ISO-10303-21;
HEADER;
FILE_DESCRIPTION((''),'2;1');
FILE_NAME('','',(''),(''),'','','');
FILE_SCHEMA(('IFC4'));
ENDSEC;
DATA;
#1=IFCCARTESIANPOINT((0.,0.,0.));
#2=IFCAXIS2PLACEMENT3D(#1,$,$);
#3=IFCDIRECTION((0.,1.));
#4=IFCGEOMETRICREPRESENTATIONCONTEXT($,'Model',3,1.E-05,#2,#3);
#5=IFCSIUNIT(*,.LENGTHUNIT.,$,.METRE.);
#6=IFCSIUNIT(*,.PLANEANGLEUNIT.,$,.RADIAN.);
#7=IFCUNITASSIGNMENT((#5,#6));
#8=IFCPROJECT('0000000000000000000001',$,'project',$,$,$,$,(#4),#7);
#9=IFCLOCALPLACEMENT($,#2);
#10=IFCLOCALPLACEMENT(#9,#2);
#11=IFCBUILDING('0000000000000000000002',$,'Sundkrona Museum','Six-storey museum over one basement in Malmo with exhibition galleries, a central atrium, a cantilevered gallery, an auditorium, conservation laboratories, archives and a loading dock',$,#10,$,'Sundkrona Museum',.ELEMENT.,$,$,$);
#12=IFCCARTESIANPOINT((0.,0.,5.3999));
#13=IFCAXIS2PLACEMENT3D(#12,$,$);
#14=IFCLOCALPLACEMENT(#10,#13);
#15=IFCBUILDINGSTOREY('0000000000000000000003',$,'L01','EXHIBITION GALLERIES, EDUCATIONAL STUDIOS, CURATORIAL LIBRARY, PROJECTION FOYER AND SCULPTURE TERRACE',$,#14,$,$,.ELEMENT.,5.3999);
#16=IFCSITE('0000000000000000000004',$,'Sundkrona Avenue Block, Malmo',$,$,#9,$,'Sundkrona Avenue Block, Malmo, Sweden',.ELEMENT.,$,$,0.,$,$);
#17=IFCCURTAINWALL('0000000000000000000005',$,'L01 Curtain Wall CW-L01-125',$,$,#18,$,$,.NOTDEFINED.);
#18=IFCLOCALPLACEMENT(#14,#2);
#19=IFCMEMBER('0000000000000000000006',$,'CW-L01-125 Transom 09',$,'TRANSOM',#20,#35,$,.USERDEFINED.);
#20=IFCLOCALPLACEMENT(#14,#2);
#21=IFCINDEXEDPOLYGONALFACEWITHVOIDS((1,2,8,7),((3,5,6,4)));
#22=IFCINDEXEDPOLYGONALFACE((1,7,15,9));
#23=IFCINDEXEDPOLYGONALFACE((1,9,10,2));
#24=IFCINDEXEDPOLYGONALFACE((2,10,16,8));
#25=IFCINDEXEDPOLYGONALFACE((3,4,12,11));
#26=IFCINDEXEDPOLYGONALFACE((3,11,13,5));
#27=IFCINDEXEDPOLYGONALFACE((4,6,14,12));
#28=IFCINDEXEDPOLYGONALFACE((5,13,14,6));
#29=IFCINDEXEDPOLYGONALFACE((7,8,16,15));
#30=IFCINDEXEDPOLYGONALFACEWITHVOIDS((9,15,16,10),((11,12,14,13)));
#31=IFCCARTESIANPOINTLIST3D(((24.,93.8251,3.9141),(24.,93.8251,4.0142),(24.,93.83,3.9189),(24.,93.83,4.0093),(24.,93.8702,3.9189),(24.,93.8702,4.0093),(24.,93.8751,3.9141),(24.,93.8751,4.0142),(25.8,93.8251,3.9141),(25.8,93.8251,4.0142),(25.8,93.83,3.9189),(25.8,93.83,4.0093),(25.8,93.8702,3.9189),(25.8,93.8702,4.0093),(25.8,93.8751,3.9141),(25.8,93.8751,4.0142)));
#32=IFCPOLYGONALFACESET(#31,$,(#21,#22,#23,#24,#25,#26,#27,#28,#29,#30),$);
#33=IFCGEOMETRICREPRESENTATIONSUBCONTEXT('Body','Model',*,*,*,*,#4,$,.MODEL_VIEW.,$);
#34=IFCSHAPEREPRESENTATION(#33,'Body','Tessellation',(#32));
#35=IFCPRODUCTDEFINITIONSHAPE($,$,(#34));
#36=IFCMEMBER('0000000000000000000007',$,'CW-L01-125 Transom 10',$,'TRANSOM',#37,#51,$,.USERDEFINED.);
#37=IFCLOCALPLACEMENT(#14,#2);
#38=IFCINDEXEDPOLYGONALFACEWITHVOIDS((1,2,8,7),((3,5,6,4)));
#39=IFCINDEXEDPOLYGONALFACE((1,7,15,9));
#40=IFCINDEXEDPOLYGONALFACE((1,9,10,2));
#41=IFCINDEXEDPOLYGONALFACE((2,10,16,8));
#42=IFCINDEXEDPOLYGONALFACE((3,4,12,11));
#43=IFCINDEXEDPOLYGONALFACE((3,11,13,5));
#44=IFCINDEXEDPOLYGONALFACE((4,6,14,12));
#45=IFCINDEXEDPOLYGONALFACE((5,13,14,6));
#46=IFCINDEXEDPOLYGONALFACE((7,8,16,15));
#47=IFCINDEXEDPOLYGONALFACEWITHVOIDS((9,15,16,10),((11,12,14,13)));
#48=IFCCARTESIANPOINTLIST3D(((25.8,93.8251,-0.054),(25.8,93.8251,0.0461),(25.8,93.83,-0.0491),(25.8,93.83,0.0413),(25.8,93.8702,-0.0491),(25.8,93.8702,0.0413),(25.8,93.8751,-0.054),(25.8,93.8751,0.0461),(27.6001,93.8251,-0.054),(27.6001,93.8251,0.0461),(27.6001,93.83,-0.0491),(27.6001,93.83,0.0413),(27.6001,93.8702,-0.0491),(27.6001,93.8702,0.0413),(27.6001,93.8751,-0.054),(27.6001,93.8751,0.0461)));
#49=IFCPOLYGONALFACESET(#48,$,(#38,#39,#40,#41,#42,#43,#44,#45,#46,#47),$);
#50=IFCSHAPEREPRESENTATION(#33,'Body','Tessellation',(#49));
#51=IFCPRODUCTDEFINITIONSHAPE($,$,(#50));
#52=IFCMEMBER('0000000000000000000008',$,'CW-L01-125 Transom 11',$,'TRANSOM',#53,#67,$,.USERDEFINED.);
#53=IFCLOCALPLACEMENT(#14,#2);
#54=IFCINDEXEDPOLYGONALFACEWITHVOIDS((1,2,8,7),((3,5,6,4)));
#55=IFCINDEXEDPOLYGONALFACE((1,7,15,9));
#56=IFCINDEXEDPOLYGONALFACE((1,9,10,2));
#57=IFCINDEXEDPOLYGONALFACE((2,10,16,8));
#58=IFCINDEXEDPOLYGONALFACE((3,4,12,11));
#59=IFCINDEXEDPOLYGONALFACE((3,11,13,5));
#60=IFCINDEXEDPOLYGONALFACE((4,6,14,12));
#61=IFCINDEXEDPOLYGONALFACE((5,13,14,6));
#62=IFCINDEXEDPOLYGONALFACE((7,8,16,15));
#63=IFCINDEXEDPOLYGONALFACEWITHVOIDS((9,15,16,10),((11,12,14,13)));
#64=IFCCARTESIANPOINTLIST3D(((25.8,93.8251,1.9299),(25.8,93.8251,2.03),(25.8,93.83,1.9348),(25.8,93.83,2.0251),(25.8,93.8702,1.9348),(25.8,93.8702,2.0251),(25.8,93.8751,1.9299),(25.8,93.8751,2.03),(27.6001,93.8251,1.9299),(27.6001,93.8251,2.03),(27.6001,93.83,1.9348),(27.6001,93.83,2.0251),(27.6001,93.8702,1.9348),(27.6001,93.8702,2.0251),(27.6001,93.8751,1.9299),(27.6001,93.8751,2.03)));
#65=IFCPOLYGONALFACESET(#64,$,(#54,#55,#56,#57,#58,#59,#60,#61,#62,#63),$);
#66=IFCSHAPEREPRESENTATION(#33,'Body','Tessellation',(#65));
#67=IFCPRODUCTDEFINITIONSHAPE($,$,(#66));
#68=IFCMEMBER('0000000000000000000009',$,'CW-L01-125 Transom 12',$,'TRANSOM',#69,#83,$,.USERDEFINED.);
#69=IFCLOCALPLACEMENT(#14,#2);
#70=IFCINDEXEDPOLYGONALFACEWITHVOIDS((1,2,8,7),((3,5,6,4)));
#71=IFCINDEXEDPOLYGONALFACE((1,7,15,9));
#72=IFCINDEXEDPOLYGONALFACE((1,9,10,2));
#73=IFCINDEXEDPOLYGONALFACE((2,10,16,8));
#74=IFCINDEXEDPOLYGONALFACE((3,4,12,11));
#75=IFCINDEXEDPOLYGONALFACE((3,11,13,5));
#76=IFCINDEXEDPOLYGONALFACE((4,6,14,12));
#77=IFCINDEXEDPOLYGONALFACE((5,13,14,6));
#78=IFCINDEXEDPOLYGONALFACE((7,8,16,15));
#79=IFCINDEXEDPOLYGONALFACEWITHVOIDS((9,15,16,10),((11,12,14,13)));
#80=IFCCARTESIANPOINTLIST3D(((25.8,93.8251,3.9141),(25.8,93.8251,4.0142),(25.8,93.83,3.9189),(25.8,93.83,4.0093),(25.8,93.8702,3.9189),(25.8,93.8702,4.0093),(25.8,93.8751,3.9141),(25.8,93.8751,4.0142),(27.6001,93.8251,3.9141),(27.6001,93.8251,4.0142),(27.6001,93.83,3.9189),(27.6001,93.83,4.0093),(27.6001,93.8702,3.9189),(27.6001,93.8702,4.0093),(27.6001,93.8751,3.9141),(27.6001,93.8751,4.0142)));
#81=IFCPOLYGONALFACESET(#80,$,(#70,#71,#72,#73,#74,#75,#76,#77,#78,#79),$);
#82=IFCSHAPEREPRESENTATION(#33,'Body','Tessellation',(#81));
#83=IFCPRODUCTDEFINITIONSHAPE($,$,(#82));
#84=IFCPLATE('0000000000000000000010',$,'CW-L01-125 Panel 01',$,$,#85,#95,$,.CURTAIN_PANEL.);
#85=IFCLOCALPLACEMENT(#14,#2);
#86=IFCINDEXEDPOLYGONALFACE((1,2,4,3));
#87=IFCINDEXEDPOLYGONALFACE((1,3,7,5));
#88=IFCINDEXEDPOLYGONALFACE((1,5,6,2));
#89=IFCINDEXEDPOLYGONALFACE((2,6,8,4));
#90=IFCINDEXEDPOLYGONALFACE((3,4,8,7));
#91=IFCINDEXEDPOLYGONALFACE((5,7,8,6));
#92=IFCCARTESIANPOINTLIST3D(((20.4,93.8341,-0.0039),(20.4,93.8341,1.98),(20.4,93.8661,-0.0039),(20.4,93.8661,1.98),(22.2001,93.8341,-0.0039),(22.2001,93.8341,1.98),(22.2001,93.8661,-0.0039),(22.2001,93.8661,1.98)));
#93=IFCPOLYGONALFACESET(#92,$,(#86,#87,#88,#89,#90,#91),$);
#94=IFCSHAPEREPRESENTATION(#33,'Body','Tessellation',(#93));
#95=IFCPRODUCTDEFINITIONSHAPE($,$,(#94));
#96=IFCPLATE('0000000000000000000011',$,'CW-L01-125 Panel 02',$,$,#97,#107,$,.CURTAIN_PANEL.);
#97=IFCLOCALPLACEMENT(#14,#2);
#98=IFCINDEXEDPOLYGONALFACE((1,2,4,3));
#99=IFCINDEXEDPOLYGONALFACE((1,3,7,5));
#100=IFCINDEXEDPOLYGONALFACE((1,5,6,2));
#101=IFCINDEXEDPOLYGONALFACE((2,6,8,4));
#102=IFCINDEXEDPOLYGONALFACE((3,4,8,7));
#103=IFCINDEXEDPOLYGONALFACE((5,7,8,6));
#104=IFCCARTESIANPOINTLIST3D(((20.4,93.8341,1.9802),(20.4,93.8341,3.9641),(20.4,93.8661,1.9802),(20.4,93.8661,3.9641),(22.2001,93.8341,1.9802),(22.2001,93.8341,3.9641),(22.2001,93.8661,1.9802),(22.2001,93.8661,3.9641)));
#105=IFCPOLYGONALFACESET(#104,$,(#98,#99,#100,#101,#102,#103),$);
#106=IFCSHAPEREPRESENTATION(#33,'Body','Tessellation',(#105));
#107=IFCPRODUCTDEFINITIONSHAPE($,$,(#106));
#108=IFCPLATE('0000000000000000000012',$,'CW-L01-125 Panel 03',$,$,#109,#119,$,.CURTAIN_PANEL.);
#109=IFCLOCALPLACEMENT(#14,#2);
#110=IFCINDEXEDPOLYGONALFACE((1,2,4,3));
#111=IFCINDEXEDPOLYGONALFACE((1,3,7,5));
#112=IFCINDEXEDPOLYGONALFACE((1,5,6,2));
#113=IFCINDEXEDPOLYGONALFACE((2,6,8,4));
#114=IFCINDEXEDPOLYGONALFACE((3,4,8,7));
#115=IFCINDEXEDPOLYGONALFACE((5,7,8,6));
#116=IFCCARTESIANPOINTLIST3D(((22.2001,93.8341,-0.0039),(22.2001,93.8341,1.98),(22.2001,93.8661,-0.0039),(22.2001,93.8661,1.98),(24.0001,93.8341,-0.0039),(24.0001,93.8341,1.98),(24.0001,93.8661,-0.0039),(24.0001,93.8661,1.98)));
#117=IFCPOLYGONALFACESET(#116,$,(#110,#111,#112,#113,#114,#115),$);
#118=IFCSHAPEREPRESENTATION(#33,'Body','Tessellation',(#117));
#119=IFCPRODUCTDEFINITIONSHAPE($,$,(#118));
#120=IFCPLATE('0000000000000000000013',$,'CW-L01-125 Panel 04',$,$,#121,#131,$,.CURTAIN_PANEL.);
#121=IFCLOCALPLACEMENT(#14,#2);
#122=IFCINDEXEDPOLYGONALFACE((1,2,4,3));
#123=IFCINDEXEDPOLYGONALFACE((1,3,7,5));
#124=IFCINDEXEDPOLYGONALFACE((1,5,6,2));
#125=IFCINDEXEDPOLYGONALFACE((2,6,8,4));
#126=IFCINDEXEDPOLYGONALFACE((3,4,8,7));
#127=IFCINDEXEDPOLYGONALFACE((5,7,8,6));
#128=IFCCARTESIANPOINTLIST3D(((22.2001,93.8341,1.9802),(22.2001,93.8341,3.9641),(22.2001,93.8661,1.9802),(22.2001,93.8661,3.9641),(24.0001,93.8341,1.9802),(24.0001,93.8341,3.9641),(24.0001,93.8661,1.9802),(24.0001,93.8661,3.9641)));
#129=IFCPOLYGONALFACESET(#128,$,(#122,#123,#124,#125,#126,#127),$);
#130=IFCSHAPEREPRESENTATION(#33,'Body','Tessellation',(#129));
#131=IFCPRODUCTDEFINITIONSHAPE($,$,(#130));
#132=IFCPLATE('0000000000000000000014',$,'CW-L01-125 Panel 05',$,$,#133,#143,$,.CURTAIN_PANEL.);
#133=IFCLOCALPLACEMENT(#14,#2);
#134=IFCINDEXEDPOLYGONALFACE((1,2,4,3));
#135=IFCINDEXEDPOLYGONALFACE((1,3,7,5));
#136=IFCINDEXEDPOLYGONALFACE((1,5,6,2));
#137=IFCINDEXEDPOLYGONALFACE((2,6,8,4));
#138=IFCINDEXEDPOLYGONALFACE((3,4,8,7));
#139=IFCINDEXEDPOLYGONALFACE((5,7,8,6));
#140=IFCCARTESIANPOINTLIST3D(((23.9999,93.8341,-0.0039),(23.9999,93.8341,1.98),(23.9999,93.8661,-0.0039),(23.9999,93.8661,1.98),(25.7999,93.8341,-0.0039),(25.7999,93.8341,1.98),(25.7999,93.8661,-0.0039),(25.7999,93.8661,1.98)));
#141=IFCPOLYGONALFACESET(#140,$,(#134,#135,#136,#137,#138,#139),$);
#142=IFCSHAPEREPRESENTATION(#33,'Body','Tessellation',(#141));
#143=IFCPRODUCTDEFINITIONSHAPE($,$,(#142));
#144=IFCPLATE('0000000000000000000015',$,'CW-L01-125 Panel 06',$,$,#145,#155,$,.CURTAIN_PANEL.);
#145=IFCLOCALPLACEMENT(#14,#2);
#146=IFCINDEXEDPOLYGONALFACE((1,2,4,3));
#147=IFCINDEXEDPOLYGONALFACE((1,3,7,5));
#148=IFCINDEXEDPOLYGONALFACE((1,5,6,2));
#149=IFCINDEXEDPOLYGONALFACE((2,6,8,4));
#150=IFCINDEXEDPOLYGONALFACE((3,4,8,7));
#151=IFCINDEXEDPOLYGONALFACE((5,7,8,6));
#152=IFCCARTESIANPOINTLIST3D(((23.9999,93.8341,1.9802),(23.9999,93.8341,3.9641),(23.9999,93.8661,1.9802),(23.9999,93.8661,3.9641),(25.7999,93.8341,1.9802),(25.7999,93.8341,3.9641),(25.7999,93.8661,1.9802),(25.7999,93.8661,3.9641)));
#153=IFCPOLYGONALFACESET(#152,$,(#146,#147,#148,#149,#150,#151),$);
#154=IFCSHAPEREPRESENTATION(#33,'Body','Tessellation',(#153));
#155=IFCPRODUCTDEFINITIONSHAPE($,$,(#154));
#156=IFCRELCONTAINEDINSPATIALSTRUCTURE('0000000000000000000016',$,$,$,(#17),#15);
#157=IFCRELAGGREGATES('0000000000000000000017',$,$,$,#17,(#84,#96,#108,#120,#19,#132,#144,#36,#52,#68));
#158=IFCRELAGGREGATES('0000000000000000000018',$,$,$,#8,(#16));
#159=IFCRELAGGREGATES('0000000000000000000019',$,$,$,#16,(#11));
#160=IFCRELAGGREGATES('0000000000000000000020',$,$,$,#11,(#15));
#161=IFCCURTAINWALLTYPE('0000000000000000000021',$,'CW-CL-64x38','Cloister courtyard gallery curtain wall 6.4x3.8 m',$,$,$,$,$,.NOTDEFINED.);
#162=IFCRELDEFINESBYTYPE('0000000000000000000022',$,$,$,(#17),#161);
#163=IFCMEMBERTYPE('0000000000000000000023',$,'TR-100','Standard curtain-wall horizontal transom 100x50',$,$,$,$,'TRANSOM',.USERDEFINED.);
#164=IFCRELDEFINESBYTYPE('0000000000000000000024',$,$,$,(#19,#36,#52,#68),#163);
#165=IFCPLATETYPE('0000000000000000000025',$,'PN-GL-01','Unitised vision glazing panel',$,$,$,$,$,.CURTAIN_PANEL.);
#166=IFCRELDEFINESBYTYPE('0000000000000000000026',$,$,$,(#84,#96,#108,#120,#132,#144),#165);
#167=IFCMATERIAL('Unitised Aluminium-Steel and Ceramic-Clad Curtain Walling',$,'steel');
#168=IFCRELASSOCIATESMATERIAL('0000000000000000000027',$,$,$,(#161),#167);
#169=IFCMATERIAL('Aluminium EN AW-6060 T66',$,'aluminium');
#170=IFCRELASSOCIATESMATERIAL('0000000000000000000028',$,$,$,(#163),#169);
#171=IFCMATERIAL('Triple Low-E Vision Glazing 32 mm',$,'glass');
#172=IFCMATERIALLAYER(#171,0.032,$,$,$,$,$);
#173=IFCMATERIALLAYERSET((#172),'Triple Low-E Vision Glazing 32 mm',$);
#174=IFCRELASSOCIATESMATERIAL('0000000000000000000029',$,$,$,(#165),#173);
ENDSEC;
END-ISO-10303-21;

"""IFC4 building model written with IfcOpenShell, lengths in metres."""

from ifc_helpers import new_model, si_unit, direction, frame, origin, origin_2d, place, context, subcontext, project, spatial, rectangle, hollow_rectangle, extrude, material, layer, layer_set, material_profile, profile_set, type_object, element, aggregate, save


model = new_model("IFC4")

# Units and contexts
model_context = context("Model", 3, precision=1e-05, world=origin(), true_north=direction((0.0, 1.0)))
body_context = subcontext(model_context, "Body", "Model", "MODEL_VIEW")
ifc_project = project(units=[si_unit("LENGTHUNIT", "METRE"), si_unit("PLANEANGLEUNIT", "RADIAN")], contexts=[model_context])

# Site, building, storey
site_placement = place(None, origin())
site = spatial("IfcSite", under=ifc_project, at=site_placement, Name="Sundkrona Avenue Block, Malmo", LongName="Sundkrona Avenue Block, Malmo, Sweden", CompositionType="ELEMENT", RefElevation=0.0)
building_placement = place(site_placement, origin())
building = spatial("IfcBuilding", under=site, at=building_placement, Name="Sundkrona Museum", Description="Six-storey museum over one basement in Malmo with exhibition galleries, a central atrium, a cantilevered gallery, an auditorium, conservation laboratories, archives and a loading dock", LongName="Sundkrona Museum", CompositionType="ELEMENT")
storey_placement = place(building_placement, frame((0.0, 0.0, 5.3999)))
storey = spatial("IfcBuildingStorey", under=building, at=storey_placement, Name="L01", Description="EXHIBITION GALLERIES, EDUCATIONAL STUDIOS, CURATORIAL LIBRARY, PROJECTION FOYER AND SCULPTURE TERRACE", CompositionType="ELEMENT", Elevation=5.3999)

# Curtain wall, members, plates
ifc_material_1 = material(Name="Unitised Aluminium-Steel and Ceramic-Clad Curtain Walling", Category="steel")
curtain_wall_type = type_object("IfcCurtainWallType", Name="CW-CL-64x38", Description="Cloister courtyard gallery curtain wall 6.4x3.8 m", PredefinedType="NOTDEFINED", material=ifc_material_1)
curtain_wall_placement = place(storey_placement, origin())
curtain_wall = element("IfcCurtainWall", 1, at=curtain_wall_placement, inside=storey, type_object=curtain_wall_type, Name="L01 Curtain Wall CW-L01-125", PredefinedType="NOTDEFINED")
ifc_material_2 = material(Name="Aluminium EN AW-6060 T66", Category="aluminium")
ifc_material_profile_1 = material_profile(ifc_material_2, hollow_rectangle(XDim=0.05, YDim=0.1001, WallThickness=0.0049, at=origin_2d()), Name="RHS 100x50x5.0")
ifc_profile_set_1 = profile_set([ifc_material_profile_1], Name="Aluminium EN AW-6060 T66")
member_type_1 = type_object("IfcMemberType", Name="TR-100", Description="Standard curtain-wall horizontal transom 100x50", ElementType="TRANSOM", PredefinedType="USERDEFINED", material=ifc_profile_set_1)
member_1_placement = place(storey_placement, frame((24.0, 93.8501, 3.9641), z_axis=(1.0, 0.0, 0.0), x_axis=(0.0, 1.0, 0.0)))
member_1 = element("IfcMember", 2, at=member_1_placement, type_object=member_type_1, Name="CW-L01-125 Transom 09", ObjectType="TRANSOM", PredefinedType="USERDEFINED", context=body_context, shape_type="SweptSolid", body=[
    extrude(hollow_rectangle(XDim=0.05, YDim=0.1001, WallThickness=0.0049, at=origin_2d()), origin(), (0.0, 0.0, 1.0), 1.8),
])
member_2_placement = place(storey_placement, frame((25.8, 93.8501, -0.0039), z_axis=(1.0, 0.0, 0.0), x_axis=(0.0, 1.0, 0.0)))
member_2 = element("IfcMember", 3, at=member_2_placement, type_object=member_type_1, Name="CW-L01-125 Transom 10", ObjectType="TRANSOM", PredefinedType="USERDEFINED", context=body_context, shape_type="SweptSolid", body=[
    extrude(hollow_rectangle(XDim=0.05, YDim=0.1001, WallThickness=0.0049, at=origin_2d()), origin(), (0.0, 0.0, 1.0), 1.8),
])
member_3_placement = place(storey_placement, frame((25.8, 93.8501, 1.98), z_axis=(1.0, 0.0, 0.0), x_axis=(0.0, 1.0, 0.0)))
member_3 = element("IfcMember", 4, at=member_3_placement, type_object=member_type_1, Name="CW-L01-125 Transom 11", ObjectType="TRANSOM", PredefinedType="USERDEFINED", context=body_context, shape_type="SweptSolid", body=[
    extrude(hollow_rectangle(XDim=0.05, YDim=0.1001, WallThickness=0.0049, at=origin_2d()), origin(), (0.0, 0.0, 1.0), 1.8),
])
member_4_placement = place(storey_placement, frame((25.8, 93.8501, 3.9641), z_axis=(1.0, 0.0, 0.0), x_axis=(0.0, 1.0, 0.0)))
member_4 = element("IfcMember", 5, at=member_4_placement, type_object=member_type_1, Name="CW-L01-125 Transom 12", ObjectType="TRANSOM", PredefinedType="USERDEFINED", context=body_context, shape_type="SweptSolid", body=[
    extrude(hollow_rectangle(XDim=0.05, YDim=0.1001, WallThickness=0.0049, at=origin_2d()), origin(), (0.0, 0.0, 1.0), 1.8),
])
ifc_material_3 = material(Name="Triple Low-E Vision Glazing 32 mm", Category="glass")
ifc_layer = layer(ifc_material_3, 0.032)
ifc_layer_set = layer_set([ifc_layer], Name="Triple Low-E Vision Glazing 32 mm")
plate_type = type_object("IfcPlateType", Name="PN-GL-01", Description="Unitised vision glazing panel", PredefinedType="CURTAIN_PANEL", material=ifc_layer_set)
plate_1_placement = place(storey_placement, frame((21.3, 93.8501, -0.0039), z_axis=(0.0, 0.0, 1.0), x_axis=(1.0, 0.0, 0.0)))
plate_1 = element("IfcPlate", 6, at=plate_1_placement, type_object=plate_type, Name="CW-L01-125 Panel 01", PredefinedType="CURTAIN_PANEL", context=body_context, shape_type="SweptSolid", body=[
    extrude(rectangle(XDim=1.8, YDim=0.032, at=origin_2d()), origin(), (0.0, 0.0, 1.0), 1.9839),
])
plate_2_placement = place(storey_placement, frame((21.3, 93.8501, 1.9802), z_axis=(0.0, 0.0, 1.0), x_axis=(1.0, 0.0, 0.0)))
plate_2 = element("IfcPlate", 7, at=plate_2_placement, type_object=plate_type, Name="CW-L01-125 Panel 02", PredefinedType="CURTAIN_PANEL", context=body_context, shape_type="SweptSolid", body=[
    extrude(rectangle(XDim=1.8, YDim=0.032, at=origin_2d()), origin(), (0.0, 0.0, 1.0), 1.9839),
])
plate_3_placement = place(storey_placement, frame((23.1001, 93.8501, -0.0039), z_axis=(0.0, 0.0, 1.0), x_axis=(1.0, 0.0, 0.0)))
plate_3 = element("IfcPlate", 8, at=plate_3_placement, type_object=plate_type, Name="CW-L01-125 Panel 03", PredefinedType="CURTAIN_PANEL", context=body_context, shape_type="SweptSolid", body=[
    extrude(rectangle(XDim=1.8, YDim=0.032, at=origin_2d()), origin(), (0.0, 0.0, 1.0), 1.9839),
])
plate_4_placement = place(storey_placement, frame((23.1001, 93.8501, 1.9802), z_axis=(0.0, 0.0, 1.0), x_axis=(1.0, 0.0, 0.0)))
plate_4 = element("IfcPlate", 9, at=plate_4_placement, type_object=plate_type, Name="CW-L01-125 Panel 04", PredefinedType="CURTAIN_PANEL", context=body_context, shape_type="SweptSolid", body=[
    extrude(rectangle(XDim=1.8, YDim=0.032, at=origin_2d()), origin(), (0.0, 0.0, 1.0), 1.9839),
])
plate_5_placement = place(storey_placement, frame((24.8999, 93.8501, -0.0039), z_axis=(0.0, 0.0, 1.0), x_axis=(1.0, 0.0, 0.0)))
plate_5 = element("IfcPlate", 10, at=plate_5_placement, type_object=plate_type, Name="CW-L01-125 Panel 05", PredefinedType="CURTAIN_PANEL", context=body_context, shape_type="SweptSolid", body=[
    extrude(rectangle(XDim=1.8, YDim=0.032, at=origin_2d()), origin(), (0.0, 0.0, 1.0), 1.9839),
])
plate_6_placement = place(storey_placement, frame((24.8999, 93.8501, 1.9802), z_axis=(0.0, 0.0, 1.0), x_axis=(1.0, 0.0, 0.0)))
plate_6 = element("IfcPlate", 11, at=plate_6_placement, type_object=plate_type, Name="CW-L01-125 Panel 06", PredefinedType="CURTAIN_PANEL", context=body_context, shape_type="SweptSolid", body=[
    extrude(rectangle(XDim=1.8, YDim=0.032, at=origin_2d()), origin(), (0.0, 0.0, 1.0), 1.9839),
])
aggregate(curtain_wall, [plate_1, plate_2, plate_3, plate_4, member_1, plate_5, plate_6, member_2, member_3, member_4])

save(model, "model.ifc")
